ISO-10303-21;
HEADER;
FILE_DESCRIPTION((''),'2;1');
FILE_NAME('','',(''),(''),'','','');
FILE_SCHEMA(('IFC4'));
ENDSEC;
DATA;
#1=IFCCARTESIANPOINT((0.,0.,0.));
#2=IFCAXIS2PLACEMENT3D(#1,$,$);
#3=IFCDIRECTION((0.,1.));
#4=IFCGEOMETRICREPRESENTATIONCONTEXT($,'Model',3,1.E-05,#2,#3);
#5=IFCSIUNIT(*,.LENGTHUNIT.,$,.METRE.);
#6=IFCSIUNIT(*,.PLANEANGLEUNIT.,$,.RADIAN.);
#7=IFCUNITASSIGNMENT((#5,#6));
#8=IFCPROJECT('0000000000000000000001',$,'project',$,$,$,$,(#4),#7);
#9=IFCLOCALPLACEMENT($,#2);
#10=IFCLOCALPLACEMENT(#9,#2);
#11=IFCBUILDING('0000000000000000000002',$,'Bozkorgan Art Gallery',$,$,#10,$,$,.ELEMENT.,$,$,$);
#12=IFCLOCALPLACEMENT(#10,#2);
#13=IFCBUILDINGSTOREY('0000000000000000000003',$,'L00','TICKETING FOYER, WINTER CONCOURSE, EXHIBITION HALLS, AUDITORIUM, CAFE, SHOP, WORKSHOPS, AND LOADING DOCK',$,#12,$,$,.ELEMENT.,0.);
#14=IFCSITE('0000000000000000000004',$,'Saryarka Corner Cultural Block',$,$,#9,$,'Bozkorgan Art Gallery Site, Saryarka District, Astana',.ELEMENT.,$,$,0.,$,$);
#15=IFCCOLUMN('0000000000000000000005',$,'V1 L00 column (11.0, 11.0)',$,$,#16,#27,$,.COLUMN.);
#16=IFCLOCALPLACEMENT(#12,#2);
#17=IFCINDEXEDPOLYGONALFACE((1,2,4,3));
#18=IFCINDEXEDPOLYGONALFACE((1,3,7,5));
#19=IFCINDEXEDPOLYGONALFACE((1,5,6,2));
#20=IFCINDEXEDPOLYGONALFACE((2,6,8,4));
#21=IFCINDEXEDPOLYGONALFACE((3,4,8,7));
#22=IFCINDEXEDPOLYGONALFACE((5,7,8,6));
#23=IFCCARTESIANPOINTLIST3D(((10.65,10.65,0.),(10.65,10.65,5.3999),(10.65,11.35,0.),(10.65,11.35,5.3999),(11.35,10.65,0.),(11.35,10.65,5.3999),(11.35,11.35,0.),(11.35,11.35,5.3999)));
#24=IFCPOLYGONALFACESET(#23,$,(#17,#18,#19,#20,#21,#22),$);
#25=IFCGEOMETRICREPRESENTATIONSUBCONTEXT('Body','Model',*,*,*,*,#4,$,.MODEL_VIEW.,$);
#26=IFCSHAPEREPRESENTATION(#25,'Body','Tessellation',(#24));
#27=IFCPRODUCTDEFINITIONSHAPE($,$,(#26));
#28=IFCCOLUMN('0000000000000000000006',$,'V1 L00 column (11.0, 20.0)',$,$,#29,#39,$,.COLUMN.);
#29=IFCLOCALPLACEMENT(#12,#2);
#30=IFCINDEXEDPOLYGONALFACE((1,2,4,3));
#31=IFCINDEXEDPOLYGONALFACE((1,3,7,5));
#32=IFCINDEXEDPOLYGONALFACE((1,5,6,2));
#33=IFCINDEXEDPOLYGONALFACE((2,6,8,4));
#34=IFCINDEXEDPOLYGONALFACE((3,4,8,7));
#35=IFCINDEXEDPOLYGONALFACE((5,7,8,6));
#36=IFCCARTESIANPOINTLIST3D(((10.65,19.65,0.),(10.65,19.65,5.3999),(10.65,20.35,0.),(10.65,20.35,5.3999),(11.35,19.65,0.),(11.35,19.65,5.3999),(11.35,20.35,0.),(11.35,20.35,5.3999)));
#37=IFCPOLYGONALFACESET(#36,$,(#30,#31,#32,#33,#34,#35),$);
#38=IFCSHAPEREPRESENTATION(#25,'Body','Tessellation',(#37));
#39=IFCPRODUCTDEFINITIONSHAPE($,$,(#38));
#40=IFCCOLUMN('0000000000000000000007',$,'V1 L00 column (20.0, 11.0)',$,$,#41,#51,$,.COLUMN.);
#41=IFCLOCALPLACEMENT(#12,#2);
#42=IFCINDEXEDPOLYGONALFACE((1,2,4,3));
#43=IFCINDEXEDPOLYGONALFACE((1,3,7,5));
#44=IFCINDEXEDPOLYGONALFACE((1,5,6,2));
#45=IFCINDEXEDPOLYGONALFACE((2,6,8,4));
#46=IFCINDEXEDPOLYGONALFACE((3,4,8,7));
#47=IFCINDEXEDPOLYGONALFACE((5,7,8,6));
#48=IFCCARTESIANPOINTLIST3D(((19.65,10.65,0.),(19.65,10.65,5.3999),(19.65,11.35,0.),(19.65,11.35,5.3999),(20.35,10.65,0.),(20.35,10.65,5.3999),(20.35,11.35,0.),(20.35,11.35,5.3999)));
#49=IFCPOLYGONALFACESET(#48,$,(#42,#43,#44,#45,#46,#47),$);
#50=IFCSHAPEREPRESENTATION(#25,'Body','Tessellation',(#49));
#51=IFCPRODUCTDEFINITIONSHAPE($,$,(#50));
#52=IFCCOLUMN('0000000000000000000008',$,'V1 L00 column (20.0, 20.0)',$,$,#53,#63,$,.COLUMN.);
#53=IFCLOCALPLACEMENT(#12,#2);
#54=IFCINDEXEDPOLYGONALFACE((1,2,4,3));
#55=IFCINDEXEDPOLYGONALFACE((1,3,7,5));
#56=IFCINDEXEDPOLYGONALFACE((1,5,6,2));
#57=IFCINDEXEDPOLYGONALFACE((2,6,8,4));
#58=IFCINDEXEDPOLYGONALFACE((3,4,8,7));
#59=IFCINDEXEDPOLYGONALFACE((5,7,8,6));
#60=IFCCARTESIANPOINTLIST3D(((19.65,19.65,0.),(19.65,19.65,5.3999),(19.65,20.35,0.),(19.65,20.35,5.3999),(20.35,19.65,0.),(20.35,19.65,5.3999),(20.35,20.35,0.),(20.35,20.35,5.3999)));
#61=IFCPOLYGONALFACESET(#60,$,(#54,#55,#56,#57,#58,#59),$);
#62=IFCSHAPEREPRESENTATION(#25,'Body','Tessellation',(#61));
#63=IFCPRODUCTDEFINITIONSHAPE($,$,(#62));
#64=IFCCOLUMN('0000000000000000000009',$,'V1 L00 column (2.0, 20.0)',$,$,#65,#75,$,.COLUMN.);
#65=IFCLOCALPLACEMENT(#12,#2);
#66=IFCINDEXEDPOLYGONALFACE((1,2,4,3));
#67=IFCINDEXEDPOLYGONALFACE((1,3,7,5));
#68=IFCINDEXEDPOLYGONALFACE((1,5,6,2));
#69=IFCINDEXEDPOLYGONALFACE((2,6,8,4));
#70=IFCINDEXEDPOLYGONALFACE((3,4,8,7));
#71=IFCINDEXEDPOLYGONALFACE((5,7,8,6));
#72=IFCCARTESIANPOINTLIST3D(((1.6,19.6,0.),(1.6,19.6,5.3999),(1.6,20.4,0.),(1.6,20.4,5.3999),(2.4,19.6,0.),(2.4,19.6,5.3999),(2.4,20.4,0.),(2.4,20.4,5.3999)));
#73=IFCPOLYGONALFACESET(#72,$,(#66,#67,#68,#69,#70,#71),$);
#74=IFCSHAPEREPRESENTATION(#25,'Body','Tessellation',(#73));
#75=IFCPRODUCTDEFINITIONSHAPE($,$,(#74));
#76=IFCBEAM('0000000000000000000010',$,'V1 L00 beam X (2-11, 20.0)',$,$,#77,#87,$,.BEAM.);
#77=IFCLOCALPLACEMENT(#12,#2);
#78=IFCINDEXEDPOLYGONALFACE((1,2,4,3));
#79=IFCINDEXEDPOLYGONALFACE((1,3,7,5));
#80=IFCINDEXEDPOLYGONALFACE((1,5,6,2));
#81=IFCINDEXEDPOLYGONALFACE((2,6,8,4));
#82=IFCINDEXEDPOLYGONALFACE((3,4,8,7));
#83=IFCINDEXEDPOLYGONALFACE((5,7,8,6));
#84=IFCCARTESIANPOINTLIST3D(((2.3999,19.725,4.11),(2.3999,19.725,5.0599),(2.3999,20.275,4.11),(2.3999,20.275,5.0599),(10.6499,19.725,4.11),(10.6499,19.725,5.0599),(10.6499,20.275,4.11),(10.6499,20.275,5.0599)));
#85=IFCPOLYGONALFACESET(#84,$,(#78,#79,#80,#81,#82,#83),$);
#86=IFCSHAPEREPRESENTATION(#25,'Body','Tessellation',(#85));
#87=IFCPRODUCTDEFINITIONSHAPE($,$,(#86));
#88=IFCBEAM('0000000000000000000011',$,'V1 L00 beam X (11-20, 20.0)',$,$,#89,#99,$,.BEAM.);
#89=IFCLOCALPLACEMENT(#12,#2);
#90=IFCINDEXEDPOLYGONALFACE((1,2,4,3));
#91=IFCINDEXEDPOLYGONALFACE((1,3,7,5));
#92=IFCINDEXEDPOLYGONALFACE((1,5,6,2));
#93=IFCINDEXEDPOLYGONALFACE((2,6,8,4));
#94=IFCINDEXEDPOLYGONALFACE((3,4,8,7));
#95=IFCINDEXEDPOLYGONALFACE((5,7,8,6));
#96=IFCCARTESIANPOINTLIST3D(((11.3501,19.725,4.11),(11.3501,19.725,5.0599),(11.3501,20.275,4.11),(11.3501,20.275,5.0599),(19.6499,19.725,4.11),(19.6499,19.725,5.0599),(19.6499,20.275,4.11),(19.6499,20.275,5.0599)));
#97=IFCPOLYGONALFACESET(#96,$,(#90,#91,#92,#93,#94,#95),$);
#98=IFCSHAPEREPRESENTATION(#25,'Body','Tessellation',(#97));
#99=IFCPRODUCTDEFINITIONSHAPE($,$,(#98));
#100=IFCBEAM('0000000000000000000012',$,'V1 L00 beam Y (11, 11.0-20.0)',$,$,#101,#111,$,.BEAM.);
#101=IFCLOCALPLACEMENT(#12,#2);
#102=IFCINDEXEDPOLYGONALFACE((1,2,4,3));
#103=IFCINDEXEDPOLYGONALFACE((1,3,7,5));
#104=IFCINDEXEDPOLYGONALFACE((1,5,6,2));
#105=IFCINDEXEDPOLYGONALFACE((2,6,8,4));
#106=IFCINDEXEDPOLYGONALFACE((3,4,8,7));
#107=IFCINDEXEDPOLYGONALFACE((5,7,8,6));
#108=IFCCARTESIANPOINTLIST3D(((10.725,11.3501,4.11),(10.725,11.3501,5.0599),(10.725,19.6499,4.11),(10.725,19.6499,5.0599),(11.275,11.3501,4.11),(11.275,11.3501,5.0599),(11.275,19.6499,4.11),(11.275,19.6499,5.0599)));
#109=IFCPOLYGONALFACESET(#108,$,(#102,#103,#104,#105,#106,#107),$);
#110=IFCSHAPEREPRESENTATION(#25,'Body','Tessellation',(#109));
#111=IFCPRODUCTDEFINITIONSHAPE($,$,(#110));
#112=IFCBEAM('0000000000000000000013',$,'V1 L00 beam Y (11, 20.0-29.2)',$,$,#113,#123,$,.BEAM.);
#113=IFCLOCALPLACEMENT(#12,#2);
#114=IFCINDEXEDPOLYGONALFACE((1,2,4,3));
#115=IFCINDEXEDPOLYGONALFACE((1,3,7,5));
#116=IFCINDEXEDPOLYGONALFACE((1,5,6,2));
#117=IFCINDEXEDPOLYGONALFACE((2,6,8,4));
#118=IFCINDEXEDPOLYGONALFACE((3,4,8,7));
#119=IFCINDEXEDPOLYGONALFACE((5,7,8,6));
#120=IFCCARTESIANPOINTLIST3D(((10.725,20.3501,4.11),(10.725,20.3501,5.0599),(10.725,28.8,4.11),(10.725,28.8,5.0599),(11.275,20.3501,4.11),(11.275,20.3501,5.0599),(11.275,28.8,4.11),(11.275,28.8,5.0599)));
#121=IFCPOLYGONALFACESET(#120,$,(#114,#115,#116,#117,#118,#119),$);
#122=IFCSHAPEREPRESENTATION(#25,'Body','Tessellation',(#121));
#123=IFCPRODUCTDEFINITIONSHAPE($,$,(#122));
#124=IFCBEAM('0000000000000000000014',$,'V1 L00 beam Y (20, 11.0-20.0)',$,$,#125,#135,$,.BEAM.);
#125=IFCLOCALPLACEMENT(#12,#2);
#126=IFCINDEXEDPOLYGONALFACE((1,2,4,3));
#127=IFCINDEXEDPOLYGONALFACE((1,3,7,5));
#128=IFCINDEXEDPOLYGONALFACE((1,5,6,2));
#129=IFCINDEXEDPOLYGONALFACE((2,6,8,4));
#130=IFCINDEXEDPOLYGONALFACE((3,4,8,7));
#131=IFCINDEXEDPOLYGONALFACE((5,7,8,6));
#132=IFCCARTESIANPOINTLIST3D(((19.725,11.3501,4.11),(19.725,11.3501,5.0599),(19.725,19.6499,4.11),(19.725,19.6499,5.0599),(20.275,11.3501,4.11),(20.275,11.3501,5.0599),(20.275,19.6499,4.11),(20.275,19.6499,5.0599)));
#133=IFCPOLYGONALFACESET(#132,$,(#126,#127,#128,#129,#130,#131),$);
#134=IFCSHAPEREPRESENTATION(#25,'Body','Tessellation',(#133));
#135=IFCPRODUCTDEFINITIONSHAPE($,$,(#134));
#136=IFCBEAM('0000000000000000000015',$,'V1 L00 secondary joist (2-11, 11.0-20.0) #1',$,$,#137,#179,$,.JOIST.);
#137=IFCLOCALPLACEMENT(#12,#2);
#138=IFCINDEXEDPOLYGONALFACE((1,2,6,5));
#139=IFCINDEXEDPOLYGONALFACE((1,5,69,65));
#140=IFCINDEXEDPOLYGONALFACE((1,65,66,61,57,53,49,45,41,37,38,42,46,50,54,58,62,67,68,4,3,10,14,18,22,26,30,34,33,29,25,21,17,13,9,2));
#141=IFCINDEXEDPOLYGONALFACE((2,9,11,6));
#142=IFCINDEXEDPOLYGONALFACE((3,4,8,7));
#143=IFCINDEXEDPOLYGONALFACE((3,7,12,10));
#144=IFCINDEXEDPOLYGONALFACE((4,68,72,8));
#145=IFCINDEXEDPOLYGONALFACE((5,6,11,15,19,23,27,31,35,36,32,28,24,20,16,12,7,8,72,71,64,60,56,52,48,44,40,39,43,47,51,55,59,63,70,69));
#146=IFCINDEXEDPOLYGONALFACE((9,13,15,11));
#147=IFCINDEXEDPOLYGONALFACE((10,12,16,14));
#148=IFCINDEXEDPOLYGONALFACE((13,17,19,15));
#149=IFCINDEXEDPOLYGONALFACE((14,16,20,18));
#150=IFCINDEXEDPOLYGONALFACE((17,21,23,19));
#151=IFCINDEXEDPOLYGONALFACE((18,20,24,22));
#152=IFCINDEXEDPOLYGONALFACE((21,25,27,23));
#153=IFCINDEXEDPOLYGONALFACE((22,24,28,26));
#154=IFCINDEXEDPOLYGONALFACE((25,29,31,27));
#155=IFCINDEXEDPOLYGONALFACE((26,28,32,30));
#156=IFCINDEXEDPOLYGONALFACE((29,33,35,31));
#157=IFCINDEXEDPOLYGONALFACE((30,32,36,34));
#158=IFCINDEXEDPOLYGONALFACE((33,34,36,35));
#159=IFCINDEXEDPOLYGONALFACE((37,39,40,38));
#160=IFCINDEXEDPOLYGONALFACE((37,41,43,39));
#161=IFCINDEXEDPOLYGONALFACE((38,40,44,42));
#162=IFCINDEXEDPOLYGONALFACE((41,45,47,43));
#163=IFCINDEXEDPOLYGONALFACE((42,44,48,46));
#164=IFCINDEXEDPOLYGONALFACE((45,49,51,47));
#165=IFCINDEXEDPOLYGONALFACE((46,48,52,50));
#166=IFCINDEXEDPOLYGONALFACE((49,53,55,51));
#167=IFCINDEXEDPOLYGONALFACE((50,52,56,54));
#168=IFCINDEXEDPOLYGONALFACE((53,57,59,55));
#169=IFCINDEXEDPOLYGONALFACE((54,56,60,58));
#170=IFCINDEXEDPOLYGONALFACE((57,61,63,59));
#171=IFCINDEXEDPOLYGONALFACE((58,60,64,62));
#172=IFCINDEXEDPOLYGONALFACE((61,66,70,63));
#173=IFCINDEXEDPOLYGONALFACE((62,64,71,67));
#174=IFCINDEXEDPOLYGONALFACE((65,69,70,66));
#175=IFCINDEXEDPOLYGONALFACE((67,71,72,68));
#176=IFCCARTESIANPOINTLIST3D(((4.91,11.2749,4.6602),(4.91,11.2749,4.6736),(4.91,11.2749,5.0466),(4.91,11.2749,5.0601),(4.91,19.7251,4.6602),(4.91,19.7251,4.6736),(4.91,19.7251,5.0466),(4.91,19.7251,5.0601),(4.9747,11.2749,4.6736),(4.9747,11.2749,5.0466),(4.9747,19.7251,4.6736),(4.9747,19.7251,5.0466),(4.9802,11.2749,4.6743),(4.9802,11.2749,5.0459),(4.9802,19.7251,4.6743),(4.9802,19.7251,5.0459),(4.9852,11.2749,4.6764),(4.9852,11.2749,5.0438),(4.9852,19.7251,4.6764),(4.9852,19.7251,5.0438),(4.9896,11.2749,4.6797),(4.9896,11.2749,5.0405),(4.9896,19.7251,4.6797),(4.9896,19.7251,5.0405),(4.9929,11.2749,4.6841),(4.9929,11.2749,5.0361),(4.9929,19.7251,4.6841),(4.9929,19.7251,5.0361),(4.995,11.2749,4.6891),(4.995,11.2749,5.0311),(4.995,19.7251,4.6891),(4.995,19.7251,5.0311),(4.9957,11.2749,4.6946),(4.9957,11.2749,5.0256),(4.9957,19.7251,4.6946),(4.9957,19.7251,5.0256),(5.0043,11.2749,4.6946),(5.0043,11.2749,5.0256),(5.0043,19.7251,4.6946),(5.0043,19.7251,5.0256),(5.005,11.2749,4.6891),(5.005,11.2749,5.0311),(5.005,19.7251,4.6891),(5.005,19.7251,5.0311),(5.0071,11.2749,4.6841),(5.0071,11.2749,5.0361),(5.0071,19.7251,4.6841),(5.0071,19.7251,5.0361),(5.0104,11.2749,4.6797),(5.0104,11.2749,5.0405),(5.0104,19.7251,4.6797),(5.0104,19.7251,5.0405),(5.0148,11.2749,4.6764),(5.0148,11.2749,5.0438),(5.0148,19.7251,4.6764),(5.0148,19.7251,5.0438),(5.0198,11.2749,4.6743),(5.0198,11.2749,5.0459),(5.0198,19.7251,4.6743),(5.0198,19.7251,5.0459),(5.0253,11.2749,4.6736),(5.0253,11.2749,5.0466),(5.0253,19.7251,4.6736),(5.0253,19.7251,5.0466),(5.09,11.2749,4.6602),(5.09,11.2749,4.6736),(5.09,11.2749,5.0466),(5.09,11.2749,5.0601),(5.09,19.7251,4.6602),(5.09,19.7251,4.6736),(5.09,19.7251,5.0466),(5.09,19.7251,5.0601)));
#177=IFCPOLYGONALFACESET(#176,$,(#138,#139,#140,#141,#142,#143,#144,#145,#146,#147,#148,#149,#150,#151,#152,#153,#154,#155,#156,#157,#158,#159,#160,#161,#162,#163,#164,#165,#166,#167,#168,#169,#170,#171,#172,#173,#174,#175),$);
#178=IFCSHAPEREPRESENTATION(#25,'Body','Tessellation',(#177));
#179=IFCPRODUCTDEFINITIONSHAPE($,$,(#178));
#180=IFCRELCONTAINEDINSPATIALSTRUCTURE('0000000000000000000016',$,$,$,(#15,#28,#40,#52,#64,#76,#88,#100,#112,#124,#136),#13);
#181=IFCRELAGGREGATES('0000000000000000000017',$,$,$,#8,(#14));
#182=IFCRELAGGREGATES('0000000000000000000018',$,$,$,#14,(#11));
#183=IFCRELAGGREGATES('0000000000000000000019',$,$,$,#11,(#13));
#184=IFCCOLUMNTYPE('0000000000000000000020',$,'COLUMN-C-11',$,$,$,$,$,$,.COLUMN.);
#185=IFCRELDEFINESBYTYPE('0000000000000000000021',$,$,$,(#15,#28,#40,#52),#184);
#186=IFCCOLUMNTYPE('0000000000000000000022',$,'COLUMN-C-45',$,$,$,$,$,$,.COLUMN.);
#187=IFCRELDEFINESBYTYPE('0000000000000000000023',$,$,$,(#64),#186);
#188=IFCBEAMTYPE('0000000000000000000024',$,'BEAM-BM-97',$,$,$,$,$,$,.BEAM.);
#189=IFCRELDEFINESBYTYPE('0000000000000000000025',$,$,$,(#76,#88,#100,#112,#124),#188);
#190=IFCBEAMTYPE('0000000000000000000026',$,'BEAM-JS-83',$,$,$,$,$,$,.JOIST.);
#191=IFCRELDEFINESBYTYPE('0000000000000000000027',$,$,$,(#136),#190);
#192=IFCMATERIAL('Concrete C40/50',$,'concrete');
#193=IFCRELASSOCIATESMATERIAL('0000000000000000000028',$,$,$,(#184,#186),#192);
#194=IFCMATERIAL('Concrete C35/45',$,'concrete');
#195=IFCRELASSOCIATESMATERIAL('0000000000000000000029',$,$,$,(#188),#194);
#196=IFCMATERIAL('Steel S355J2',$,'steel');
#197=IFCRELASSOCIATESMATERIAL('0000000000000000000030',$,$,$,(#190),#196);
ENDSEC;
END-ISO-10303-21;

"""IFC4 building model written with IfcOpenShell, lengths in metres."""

from ifc_helpers import new_model, si_unit, direction, frame, origin, origin_2d, place, context, subcontext, project, spatial, rectangle, i_section, extrude, material, material_profile, profile_set, type_object, element, save


model = new_model("IFC4")

# Units and contexts
model_context = context("Model", 3, precision=1e-05, world=origin(), true_north=direction((0.0, 1.0)))
body_context = subcontext(model_context, "Body", "Model", "MODEL_VIEW")
ifc_project = project(units=[si_unit("LENGTHUNIT", "METRE"), si_unit("PLANEANGLEUNIT", "RADIAN")], contexts=[model_context])

# Site, building, storey
site_placement = place(None, origin())
site = spatial("IfcSite", under=ifc_project, at=site_placement, Name="Saryarka Corner Cultural Block", LongName="Bozkorgan Art Gallery Site, Saryarka District, Astana", CompositionType="ELEMENT", RefElevation=0.0)
building_placement = place(site_placement, origin())
building = spatial("IfcBuilding", under=site, at=building_placement, Name="Bozkorgan Art Gallery", CompositionType="ELEMENT")
storey_placement = place(building_placement, origin())
storey = spatial("IfcBuildingStorey", under=building, at=storey_placement, Name="L00", Description="TICKETING FOYER, WINTER CONCOURSE, EXHIBITION HALLS, AUDITORIUM, CAFE, SHOP, WORKSHOPS, AND LOADING DOCK", CompositionType="ELEMENT", Elevation=0.0)

# Columns
ifc_material_1 = material(Name="Concrete C40/50", Category="concrete")
ifc_material_profile_1 = material_profile(ifc_material_1, rectangle(XDim=0.7, YDim=0.7, at=origin_2d()), Name="RC 700x700")
ifc_profile_set_1 = profile_set([ifc_material_profile_1], Name="Concrete C40/50")
column_type_1 = type_object("IfcColumnType", Name="COLUMN-C-11", PredefinedType="COLUMN", material=ifc_profile_set_1)
for number, where, z_axis, x_axis, name in (
    (1, (11.0, 11.0, 0.0), (0.0, 0.0, 1.0), (1.0, 0.0, 0.0), "V1 L00 column (11.0, 11.0)"),
    (2, (11.0, 20.0, 0.0), (0.0, 0.0, 1.0), (1.0, 0.0, 0.0), "V1 L00 column (11.0, 20.0)"),
    (3, (20.0, 11.0, 0.0), (0.0, 0.0, 1.0), (1.0, 0.0, 0.0), "V1 L00 column (20.0, 11.0)"),
    (4, (20.0, 20.0, 0.0), (0.0, 0.0, 1.0), (1.0, 0.0, 0.0), "V1 L00 column (20.0, 20.0)"),
):
    element("IfcColumn", number, at=place(storey_placement, frame(where, z_axis=z_axis, x_axis=x_axis)), inside=storey, type_object=column_type_1, Name=name, PredefinedType="COLUMN", context=body_context, shape_type="SweptSolid", body=[
        extrude(rectangle(XDim=0.7, YDim=0.7, at=origin_2d()), origin(), (0.0, 0.0, 1.0), 5.3999),
    ])
ifc_material_profile_2 = material_profile(ifc_material_1, rectangle(XDim=0.8, YDim=0.8, at=origin_2d()), Name="RC 800x800")
ifc_profile_set_2 = profile_set([ifc_material_profile_2], Name="Concrete C40/50")
column_type_2 = type_object("IfcColumnType", Name="COLUMN-C-45", PredefinedType="COLUMN", material=ifc_profile_set_2)
column_placement = place(storey_placement, frame((2.0, 20.0, 0.0), z_axis=(0.0, 0.0, 1.0), x_axis=(1.0, 0.0, 0.0)))
element("IfcColumn", 5, at=column_placement, inside=storey, type_object=column_type_2, Name="V1 L00 column (2.0, 20.0)", PredefinedType="COLUMN", context=body_context, shape_type="SweptSolid", body=[
    extrude(rectangle(XDim=0.8, YDim=0.8, at=origin_2d()), origin(), (0.0, 0.0, 1.0), 5.3999),
])

# Beams
ifc_material_2 = material(Name="Concrete C35/45", Category="concrete")
ifc_material_profile_3 = material_profile(ifc_material_2, rectangle(XDim=0.55, YDim=0.95, at=origin_2d()), Name="RC 550x950")
ifc_profile_set_3 = profile_set([ifc_material_profile_3], Name="Concrete C35/45")
beam_type_1 = type_object("IfcBeamType", Name="BEAM-BM-97", PredefinedType="BEAM", material=ifc_profile_set_3)
beam_1_placement = place(storey_placement, frame((2.3999, 20.0, 4.585), z_axis=(1.0, 0.0, 0.0), x_axis=(0.0, 1.0, 0.0)))
element("IfcBeam", 6, at=beam_1_placement, inside=storey, type_object=beam_type_1, Name="V1 L00 beam X (2-11, 20.0)", PredefinedType="BEAM", context=body_context, shape_type="SweptSolid", body=[
    extrude(rectangle(XDim=0.55, YDim=0.95, at=origin_2d()), origin(), (0.0, 0.0, 1.0), 8.25),
])
for number, where, z_axis, x_axis, name in (
    (7, (11.3501, 20.0, 4.585), (1.0, 0.0, 0.0), (0.0, 1.0, 0.0), "V1 L00 beam X (11-20, 20.0)"),
    (8, (11.0, 11.3501, 4.585), (0.0, 1.0, 0.0), (-1.0, 0.0, 0.0), "V1 L00 beam Y (11, 11.0-20.0)"),
):
    element("IfcBeam", number, at=place(storey_placement, frame(where, z_axis=z_axis, x_axis=x_axis)), inside=storey, type_object=beam_type_1, Name=name, PredefinedType="BEAM", context=body_context, shape_type="SweptSolid", body=[
        extrude(rectangle(XDim=0.55, YDim=0.95, at=origin_2d()), origin(), (0.0, 0.0, 1.0), 8.2998),
    ])
beam_2_placement = place(storey_placement, frame((11.0, 20.3501, 4.585), z_axis=(0.0, 1.0, 0.0), x_axis=(-1.0, 0.0, 0.0)))
element("IfcBeam", 9, at=beam_2_placement, inside=storey, type_object=beam_type_1, Name="V1 L00 beam Y (11, 20.0-29.2)", PredefinedType="BEAM", context=body_context, shape_type="SweptSolid", body=[
    extrude(rectangle(XDim=0.55, YDim=0.95, at=origin_2d()), origin(), (0.0, 0.0, 1.0), 8.45),
])
beam_3_placement = place(storey_placement, frame((20.0, 11.3501, 4.585), z_axis=(0.0, 1.0, 0.0), x_axis=(-1.0, 0.0, 0.0)))
element("IfcBeam", 10, at=beam_3_placement, inside=storey, type_object=beam_type_1, Name="V1 L00 beam Y (20, 11.0-20.0)", PredefinedType="BEAM", context=body_context, shape_type="SweptSolid", body=[
    extrude(rectangle(XDim=0.55, YDim=0.95, at=origin_2d()), origin(), (0.0, 0.0, 1.0), 8.2998),
])
ifc_material_3 = material(Name="Steel S355J2", Category="steel")
ifc_material_profile_4 = material_profile(ifc_material_3, i_section(OverallWidth=0.1799, OverallDepth=0.3999, WebThickness=0.0085, FlangeThickness=0.0134, FilletRadius=0.021, at=origin_2d()), Name="IPE 400")
ifc_profile_set_4 = profile_set([ifc_material_profile_4], Name="Steel S355J2")
beam_type_2 = type_object("IfcBeamType", Name="BEAM-JS-83", PredefinedType="JOIST", material=ifc_profile_set_4)
for number, where, z_axis, x_axis, name in (
    (11, (5.0, 11.2749, 4.8601), (0.0, 1.0, 0.0), (-1.0, 0.0, 0.0), "V1 L00 secondary joist (2-11, 11.0-20.0) #1"),
):
    element("IfcBeam", number, at=place(storey_placement, frame(where, z_axis=z_axis, x_axis=x_axis)), inside=storey, type_object=beam_type_2, Name=name, PredefinedType="JOIST", context=body_context, shape_type="SweptSolid", body=[
        extrude(i_section(OverallWidth=0.1799, OverallDepth=0.3999, WebThickness=0.0085, FlangeThickness=0.0134, FilletRadius=0.021, at=origin_2d()), origin(), (0.0, 0.0, 1.0), 8.4502),
    ])

save(model, "model.ifc")
